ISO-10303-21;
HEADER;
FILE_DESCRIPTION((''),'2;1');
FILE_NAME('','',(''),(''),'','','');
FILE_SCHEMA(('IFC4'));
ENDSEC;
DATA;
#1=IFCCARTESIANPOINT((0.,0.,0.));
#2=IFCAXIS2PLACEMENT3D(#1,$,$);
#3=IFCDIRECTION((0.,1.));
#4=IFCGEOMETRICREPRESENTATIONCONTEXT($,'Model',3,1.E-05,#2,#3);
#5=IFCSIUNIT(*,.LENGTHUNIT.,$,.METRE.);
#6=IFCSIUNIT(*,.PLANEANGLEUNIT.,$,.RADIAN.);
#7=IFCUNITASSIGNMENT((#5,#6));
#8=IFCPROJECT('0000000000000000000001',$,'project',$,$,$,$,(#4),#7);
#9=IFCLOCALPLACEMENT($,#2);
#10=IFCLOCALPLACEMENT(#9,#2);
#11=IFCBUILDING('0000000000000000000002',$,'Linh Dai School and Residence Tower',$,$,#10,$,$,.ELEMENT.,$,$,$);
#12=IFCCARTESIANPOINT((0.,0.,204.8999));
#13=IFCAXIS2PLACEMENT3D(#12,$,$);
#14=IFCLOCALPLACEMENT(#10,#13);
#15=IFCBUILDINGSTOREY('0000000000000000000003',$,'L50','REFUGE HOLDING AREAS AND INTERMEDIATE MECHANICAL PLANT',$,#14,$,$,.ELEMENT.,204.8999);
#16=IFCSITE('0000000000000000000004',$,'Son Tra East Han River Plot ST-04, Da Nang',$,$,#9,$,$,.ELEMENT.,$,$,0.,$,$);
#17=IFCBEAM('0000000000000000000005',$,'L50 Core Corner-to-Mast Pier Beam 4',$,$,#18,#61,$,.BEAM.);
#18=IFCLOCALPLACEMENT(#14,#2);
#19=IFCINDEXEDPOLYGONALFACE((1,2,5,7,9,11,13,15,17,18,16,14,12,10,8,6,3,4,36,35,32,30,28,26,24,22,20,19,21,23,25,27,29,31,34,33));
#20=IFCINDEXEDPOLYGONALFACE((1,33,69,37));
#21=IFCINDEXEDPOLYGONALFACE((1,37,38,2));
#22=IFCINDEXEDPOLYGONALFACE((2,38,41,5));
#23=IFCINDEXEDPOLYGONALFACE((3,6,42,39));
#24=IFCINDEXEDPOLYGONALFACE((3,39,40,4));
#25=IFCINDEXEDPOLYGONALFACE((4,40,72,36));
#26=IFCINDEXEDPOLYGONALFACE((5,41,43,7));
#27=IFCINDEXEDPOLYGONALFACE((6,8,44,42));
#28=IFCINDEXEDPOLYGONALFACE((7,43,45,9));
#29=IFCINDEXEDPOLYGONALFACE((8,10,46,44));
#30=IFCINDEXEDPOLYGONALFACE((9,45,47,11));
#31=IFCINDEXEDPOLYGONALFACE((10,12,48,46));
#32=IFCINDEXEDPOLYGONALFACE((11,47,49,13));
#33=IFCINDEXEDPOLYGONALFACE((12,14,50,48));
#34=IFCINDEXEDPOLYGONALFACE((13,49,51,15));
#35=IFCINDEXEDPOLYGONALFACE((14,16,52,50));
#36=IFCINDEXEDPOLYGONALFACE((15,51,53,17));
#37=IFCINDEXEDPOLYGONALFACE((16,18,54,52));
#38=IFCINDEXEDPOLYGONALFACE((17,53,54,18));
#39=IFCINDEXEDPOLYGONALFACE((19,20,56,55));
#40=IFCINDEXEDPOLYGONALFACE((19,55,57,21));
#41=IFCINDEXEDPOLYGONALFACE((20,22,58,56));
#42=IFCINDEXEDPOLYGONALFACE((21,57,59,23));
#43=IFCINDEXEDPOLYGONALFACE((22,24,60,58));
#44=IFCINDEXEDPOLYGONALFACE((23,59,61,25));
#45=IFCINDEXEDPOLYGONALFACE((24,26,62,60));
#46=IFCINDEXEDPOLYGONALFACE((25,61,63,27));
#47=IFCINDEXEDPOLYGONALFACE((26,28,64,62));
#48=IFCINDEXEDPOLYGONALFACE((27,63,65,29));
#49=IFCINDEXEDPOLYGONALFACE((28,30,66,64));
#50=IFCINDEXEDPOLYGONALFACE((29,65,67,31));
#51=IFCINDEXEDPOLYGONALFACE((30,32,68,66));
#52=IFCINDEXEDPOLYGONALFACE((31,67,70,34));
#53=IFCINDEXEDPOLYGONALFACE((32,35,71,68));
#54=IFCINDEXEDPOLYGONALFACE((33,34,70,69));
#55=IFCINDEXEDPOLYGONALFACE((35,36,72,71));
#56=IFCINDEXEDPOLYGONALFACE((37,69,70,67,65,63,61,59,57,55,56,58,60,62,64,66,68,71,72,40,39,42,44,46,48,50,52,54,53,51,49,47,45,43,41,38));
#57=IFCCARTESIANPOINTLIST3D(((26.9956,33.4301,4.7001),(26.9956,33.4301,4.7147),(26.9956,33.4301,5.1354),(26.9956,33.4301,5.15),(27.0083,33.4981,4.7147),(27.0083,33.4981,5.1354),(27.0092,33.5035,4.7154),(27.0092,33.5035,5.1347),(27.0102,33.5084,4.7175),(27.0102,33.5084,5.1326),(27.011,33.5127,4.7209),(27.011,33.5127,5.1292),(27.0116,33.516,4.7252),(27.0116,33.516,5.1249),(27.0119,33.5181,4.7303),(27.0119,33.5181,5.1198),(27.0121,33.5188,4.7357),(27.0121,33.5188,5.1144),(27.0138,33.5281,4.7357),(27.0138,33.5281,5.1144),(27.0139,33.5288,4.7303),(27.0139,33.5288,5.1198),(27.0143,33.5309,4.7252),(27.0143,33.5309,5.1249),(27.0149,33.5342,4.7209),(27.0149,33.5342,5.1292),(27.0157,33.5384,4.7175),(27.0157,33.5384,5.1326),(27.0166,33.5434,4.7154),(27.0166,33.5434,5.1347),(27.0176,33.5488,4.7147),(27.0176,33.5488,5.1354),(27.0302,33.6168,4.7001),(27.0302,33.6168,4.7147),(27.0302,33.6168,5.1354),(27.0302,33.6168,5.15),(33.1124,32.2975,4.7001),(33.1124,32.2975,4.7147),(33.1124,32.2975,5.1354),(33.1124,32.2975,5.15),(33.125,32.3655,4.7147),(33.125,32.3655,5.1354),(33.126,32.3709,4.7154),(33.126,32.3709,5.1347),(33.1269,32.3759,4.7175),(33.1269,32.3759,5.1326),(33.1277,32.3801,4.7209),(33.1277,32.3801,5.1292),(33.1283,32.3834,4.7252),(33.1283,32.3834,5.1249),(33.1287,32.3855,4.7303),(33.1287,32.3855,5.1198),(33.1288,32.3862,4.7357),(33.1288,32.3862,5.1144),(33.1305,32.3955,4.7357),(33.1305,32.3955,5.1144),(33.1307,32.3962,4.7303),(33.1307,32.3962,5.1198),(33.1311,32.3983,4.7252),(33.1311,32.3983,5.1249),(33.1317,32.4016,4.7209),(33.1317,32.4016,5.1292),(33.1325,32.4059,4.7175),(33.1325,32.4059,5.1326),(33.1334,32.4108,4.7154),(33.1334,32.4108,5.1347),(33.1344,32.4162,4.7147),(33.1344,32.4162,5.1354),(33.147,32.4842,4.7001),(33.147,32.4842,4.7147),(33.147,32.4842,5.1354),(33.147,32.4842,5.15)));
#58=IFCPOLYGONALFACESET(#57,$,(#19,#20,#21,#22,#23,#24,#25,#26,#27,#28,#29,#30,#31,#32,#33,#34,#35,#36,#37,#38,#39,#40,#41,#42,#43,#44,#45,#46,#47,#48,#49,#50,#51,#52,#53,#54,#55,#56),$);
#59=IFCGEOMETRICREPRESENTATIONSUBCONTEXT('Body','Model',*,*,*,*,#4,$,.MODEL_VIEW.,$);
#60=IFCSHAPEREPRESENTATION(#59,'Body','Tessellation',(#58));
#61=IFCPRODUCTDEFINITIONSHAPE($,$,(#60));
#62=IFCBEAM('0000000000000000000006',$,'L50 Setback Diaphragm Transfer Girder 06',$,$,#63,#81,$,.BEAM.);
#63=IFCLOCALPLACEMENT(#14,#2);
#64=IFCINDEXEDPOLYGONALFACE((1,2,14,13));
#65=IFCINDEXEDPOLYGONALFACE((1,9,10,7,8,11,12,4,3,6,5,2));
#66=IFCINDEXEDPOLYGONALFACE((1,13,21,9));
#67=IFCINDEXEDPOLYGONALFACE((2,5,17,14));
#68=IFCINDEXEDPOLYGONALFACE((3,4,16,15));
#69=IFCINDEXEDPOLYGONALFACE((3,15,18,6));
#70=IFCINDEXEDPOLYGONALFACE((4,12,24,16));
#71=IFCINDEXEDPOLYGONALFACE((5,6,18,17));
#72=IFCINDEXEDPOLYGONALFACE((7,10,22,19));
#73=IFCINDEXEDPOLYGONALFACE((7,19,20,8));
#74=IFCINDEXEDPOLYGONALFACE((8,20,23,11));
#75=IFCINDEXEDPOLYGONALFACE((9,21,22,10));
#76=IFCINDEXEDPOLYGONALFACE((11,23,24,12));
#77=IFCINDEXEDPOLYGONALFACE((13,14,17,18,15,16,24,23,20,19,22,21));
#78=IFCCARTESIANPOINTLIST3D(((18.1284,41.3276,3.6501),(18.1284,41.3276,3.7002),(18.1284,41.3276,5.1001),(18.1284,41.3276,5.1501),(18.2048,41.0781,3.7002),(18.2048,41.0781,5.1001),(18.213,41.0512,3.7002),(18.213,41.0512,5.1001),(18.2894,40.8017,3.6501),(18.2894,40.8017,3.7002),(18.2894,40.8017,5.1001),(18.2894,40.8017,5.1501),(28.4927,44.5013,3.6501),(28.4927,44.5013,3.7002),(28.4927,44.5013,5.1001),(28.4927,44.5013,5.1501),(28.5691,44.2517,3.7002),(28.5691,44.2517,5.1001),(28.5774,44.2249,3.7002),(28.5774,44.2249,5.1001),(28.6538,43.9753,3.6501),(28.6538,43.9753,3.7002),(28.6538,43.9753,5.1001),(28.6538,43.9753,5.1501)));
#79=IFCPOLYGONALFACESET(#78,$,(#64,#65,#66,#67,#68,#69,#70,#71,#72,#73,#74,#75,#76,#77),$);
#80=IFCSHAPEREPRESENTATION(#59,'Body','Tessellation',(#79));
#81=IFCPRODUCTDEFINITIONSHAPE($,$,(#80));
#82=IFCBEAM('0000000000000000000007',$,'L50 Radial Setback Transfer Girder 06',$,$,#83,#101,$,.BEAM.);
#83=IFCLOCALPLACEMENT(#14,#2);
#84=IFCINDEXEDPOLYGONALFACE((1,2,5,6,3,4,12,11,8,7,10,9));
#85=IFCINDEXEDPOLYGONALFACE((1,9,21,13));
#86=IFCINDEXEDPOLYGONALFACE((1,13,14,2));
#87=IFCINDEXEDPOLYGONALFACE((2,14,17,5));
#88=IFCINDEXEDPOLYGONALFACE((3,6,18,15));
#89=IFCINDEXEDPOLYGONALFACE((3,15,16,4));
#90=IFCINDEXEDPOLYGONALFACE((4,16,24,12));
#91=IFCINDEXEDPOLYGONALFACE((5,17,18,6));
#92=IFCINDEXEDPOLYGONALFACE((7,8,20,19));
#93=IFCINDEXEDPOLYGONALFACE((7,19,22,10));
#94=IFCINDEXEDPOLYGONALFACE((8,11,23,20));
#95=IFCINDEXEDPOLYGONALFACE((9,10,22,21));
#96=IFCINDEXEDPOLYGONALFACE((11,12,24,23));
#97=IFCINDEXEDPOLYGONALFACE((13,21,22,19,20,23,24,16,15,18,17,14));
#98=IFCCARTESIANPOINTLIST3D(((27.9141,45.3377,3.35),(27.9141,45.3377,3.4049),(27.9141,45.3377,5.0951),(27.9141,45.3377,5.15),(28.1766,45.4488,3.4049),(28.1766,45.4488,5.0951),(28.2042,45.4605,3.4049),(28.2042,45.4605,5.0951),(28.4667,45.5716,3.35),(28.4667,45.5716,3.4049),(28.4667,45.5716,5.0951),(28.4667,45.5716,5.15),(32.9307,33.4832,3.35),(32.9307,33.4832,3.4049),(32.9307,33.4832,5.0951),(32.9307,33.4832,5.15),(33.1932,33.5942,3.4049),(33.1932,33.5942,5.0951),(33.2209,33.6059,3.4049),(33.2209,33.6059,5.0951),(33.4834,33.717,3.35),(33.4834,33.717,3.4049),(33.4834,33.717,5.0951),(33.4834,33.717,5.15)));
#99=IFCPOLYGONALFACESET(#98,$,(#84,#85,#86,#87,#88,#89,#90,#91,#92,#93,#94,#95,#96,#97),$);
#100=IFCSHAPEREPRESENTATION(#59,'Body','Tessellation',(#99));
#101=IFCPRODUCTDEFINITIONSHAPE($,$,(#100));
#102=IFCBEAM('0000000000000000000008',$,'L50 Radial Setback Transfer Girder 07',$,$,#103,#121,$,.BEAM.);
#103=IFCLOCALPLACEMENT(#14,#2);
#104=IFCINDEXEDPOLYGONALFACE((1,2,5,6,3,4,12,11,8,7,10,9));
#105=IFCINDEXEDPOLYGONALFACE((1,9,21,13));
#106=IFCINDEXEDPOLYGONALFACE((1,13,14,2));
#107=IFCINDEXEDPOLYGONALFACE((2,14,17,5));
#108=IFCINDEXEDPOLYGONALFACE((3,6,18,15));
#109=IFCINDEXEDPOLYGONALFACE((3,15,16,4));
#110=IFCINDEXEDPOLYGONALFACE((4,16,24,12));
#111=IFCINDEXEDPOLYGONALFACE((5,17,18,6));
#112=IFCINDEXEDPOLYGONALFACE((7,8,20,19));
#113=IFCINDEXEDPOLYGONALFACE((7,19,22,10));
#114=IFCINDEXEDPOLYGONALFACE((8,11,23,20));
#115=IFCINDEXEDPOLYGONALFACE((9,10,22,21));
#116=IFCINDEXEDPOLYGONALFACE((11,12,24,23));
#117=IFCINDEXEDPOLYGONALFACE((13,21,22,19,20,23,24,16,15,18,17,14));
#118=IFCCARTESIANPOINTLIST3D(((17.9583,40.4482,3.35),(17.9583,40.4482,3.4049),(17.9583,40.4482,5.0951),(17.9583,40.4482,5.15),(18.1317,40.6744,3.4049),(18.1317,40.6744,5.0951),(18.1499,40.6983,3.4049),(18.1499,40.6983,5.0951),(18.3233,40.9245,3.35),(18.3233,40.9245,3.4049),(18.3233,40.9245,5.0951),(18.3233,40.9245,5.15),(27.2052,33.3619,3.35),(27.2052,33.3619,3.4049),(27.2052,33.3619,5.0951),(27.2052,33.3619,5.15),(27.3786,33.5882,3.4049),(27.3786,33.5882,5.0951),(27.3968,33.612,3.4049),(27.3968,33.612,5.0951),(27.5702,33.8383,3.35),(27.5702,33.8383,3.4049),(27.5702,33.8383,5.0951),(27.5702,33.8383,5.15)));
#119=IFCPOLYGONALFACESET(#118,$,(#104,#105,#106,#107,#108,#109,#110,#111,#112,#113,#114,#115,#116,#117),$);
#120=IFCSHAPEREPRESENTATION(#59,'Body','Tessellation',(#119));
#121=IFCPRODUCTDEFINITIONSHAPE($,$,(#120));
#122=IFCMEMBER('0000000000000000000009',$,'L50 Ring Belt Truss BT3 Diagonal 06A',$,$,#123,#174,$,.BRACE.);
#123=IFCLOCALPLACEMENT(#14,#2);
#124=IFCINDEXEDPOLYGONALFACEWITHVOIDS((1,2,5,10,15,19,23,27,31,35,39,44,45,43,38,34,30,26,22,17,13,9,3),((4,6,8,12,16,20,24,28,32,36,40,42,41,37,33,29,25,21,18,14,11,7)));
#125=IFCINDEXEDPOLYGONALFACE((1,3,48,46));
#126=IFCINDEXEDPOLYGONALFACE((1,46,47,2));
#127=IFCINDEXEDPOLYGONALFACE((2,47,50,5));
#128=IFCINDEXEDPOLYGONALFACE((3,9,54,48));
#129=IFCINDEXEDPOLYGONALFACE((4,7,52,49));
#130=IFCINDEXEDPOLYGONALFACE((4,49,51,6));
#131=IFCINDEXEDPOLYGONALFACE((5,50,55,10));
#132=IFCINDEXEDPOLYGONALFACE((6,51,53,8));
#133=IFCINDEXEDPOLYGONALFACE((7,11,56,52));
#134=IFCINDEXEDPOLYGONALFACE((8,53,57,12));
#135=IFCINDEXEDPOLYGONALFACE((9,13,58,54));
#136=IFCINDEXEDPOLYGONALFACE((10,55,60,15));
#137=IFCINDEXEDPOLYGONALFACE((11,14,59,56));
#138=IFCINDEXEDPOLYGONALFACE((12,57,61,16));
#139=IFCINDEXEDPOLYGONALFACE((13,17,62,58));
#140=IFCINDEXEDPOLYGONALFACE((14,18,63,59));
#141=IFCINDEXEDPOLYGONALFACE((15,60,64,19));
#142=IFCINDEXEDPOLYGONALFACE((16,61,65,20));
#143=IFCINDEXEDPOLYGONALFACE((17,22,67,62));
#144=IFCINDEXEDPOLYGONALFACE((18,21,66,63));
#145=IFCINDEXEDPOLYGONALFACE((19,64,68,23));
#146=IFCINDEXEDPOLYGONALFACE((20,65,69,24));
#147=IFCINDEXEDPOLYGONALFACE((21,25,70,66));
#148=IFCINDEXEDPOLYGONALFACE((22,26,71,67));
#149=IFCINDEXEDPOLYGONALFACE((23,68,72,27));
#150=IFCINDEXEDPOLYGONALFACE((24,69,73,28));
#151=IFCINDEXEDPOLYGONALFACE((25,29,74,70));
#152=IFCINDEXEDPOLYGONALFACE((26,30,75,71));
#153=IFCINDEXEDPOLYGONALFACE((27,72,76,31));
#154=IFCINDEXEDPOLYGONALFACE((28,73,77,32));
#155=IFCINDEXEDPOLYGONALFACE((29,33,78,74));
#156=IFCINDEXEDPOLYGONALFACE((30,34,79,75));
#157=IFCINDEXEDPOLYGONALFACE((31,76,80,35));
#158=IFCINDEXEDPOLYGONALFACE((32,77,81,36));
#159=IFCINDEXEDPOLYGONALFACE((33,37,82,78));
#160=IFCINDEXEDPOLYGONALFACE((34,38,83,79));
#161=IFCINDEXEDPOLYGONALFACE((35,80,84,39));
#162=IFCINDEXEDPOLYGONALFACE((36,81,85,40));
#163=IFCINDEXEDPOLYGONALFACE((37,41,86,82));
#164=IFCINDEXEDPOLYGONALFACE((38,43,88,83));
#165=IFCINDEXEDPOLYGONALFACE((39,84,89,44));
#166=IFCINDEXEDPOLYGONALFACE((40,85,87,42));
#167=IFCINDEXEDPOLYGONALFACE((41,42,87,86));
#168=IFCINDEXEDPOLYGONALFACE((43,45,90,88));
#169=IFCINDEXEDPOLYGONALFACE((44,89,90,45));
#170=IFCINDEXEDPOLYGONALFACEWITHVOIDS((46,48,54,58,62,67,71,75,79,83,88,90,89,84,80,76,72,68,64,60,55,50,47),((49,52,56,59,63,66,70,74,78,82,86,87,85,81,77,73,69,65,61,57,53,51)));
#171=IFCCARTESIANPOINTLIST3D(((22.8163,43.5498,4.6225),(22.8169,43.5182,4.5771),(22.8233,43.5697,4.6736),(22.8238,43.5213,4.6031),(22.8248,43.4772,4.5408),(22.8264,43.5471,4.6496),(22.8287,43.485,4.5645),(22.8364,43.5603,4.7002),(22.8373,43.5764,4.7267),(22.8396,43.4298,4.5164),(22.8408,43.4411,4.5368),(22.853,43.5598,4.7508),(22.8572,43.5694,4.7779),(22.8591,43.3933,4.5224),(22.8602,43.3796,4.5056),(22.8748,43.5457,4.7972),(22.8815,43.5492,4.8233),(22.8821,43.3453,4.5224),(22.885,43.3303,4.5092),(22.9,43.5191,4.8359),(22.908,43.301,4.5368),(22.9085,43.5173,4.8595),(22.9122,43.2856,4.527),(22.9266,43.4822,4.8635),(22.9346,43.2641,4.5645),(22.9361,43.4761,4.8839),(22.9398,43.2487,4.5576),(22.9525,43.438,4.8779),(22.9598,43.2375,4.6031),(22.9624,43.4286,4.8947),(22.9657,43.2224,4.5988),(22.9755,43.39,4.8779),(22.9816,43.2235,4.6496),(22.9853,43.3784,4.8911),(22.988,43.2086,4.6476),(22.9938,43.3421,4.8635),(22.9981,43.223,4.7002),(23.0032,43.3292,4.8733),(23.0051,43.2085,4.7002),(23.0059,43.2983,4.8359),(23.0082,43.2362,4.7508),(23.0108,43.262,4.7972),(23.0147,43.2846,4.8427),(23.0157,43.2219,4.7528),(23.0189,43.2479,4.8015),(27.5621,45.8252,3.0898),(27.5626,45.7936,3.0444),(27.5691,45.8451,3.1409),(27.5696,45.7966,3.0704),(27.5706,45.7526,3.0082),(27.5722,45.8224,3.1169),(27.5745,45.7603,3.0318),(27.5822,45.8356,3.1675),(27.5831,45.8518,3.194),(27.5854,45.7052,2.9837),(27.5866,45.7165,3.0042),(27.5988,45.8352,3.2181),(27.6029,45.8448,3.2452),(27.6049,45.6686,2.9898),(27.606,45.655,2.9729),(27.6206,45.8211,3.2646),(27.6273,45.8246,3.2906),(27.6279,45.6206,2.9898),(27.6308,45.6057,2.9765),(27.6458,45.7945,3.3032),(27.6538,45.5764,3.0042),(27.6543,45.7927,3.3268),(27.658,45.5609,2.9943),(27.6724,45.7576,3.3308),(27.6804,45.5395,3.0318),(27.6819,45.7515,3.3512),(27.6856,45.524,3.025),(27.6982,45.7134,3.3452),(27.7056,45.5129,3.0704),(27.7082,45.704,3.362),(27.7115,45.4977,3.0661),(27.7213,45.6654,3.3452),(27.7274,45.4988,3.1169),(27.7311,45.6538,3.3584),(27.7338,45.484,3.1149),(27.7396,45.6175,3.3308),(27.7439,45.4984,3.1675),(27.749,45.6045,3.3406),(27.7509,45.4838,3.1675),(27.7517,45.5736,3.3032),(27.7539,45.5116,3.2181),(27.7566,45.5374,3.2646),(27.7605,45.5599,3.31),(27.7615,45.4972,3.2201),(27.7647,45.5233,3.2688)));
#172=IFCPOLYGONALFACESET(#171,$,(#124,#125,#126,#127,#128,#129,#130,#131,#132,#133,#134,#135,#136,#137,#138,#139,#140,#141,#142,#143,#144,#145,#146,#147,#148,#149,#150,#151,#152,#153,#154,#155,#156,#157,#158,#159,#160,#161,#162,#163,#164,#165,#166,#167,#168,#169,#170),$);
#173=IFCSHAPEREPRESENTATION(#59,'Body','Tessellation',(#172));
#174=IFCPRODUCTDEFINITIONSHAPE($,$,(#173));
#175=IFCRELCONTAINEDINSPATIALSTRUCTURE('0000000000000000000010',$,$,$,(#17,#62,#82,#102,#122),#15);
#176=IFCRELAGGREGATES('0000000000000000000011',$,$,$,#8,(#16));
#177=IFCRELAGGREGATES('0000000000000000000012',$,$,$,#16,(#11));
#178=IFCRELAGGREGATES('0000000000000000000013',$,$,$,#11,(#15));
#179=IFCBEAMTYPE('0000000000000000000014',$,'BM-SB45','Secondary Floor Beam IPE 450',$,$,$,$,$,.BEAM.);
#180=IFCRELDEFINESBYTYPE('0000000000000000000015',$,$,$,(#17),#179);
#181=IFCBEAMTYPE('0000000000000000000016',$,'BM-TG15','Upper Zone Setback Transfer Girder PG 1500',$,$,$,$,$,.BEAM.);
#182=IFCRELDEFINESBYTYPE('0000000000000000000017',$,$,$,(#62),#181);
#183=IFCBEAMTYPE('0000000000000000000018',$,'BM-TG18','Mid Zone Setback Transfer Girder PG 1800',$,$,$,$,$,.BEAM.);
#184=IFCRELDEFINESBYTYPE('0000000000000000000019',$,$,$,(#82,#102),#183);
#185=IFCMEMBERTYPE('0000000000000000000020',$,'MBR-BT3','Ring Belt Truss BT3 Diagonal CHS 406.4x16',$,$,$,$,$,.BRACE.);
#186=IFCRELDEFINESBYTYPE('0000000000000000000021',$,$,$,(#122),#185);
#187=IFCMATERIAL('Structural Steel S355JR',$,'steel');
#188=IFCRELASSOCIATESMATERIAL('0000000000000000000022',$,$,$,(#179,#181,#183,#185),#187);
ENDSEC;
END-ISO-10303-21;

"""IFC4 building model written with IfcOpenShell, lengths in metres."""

from ifc_helpers import new_model, si_unit, direction, frame, origin, origin_2d, place, context, subcontext, project, spatial, hollow_circle, i_section, extrude, material, material_profile, profile_set, type_object, element, save


model = new_model("IFC4")

# Units and contexts
model_context = context("Model", 3, precision=1e-05, world=origin(), true_north=direction((0.0, 1.0)))
body_context = subcontext(model_context, "Body", "Model", "MODEL_VIEW")
ifc_project = project(units=[si_unit("LENGTHUNIT", "METRE"), si_unit("PLANEANGLEUNIT", "RADIAN")], contexts=[model_context])

# Site, building, storey
site_placement = place(None, origin())
site = spatial("IfcSite", under=ifc_project, at=site_placement, Name="Son Tra East Han River Plot ST-04, Da Nang", CompositionType="ELEMENT", RefElevation=0.0)
building_placement = place(site_placement, origin())
building = spatial("IfcBuilding", under=site, at=building_placement, Name="Linh Dai School and Residence Tower", CompositionType="ELEMENT")
storey_placement = place(building_placement, frame((0.0, 0.0, 204.8999)))
storey = spatial("IfcBuildingStorey", under=building, at=storey_placement, Name="L50", Description="REFUGE HOLDING AREAS AND INTERMEDIATE MECHANICAL PLANT", CompositionType="ELEMENT", Elevation=204.8999)

# Shared definitions
ifc_material_1 = material(Name="Structural Steel S355JR", Category="steel")

# Beams
ifc_material_profile_1 = material_profile(ifc_material_1, i_section(OverallWidth=0.1899, OverallDepth=0.45, WebThickness=0.0095, FlangeThickness=0.0146, FilletRadius=0.021, at=origin_2d()), Name="IPE 450")
ifc_profile_set_1 = profile_set([ifc_material_profile_1], Name="Structural Steel S355JR")
beam_type_1 = type_object("IfcBeamType", Name="BM-SB45", Description="Secondary Floor Beam IPE 450", PredefinedType="BEAM", material=ifc_profile_set_1)
beam_1_placement = place(storey_placement, frame((27.0129, 33.5234, 4.925), z_axis=(0.983286, -0.182065, 0.0), x_axis=(0.182065, 0.983286, 0.0)))
element("IfcBeam", 1, at=beam_1_placement, inside=storey, type_object=beam_type_1, Name="L50 Core Corner-to-Mast Pier Beam 4", PredefinedType="BEAM", context=body_context, shape_type="SweptSolid", body=[
    extrude(i_section(OverallWidth=0.1899, OverallDepth=0.45, WebThickness=0.0095, FlangeThickness=0.0146, FilletRadius=0.021, at=origin_2d()), origin(), (0.0, 0.0, 1.0), 6.2207),
])
ifc_material_profile_2 = material_profile(ifc_material_1, i_section(OverallWidth=0.55, OverallDepth=1.5, WebThickness=0.0281, FlangeThickness=0.05, at=origin_2d()), Name="PG 1500x550x28x50")
ifc_profile_set_2 = profile_set([ifc_material_profile_2], Name="Structural Steel S355JR")
beam_type_2 = type_object("IfcBeamType", Name="BM-TG15", Description="Upper Zone Setback Transfer Girder PG 1500", PredefinedType="BEAM", material=ifc_profile_set_2)
beam_2_placement = place(storey_placement, frame((28.5732, 44.2383, 4.4001), z_axis=(-0.956178, -0.292786, 0.0), x_axis=(0.292786, -0.956178, 0.0)))
element("IfcBeam", 2, at=beam_2_placement, inside=storey, type_object=beam_type_2, Name="L50 Setback Diaphragm Transfer Girder 06", PredefinedType="BEAM", context=body_context, shape_type="SweptSolid", body=[
    extrude(i_section(OverallWidth=0.55, OverallDepth=1.5, WebThickness=0.0281, FlangeThickness=0.05, at=origin_2d()), origin(), (0.0, 0.0, 1.0), 10.8394),
])
ifc_material_profile_3 = material_profile(ifc_material_1, i_section(OverallWidth=0.6001, OverallDepth=1.8, WebThickness=0.03, FlangeThickness=0.0549, at=origin_2d()), Name="PG 1800x600x30x55")
ifc_profile_set_3 = profile_set([ifc_material_profile_3], Name="Structural Steel S355JR")
beam_type_3 = type_object("IfcBeamType", Name="BM-TG18", Description="Mid Zone Setback Transfer Girder PG 1800", PredefinedType="BEAM", material=ifc_profile_set_3)
beam_3_placement = place(storey_placement, frame((33.207, 33.6001, 4.25), z_axis=(-0.389722, 0.920933, 0.0), x_axis=(-0.920933, -0.389722, 0.0)))
element("IfcBeam", 3, at=beam_3_placement, inside=storey, type_object=beam_type_3, Name="L50 Radial Setback Transfer Girder 06", PredefinedType="BEAM", context=body_context, shape_type="SweptSolid", body=[
    extrude(i_section(OverallWidth=0.6001, OverallDepth=1.8, WebThickness=0.03, FlangeThickness=0.0549, at=origin_2d()), origin(), (0.0, 0.0, 1.0), 12.8723),
])
beam_4_placement = place(storey_placement, frame((27.3877, 33.6001, 4.25), z_axis=(-0.793733, 0.608267, 0.0), x_axis=(-0.608267, -0.793733, 0.0)))
element("IfcBeam", 4, at=beam_4_placement, inside=storey, type_object=beam_type_3, Name="L50 Radial Setback Transfer Girder 07", PredefinedType="BEAM", context=body_context, shape_type="SweptSolid", body=[
    extrude(i_section(OverallWidth=0.6001, OverallDepth=1.8, WebThickness=0.03, FlangeThickness=0.0549, at=origin_2d()), origin(), (0.0, 0.0, 1.0), 11.6499),
])

# Member
ifc_material_profile_4 = material_profile(ifc_material_1, hollow_circle(Radius=0.2031, WallThickness=0.0161, at=origin_2d()), Name="CHS 406.4x16")
ifc_profile_set_4 = profile_set([ifc_material_profile_4], Name="Structural Steel S355JR")
member_type_1 = type_object("IfcMemberType", Name="MBR-BT3", Description="Ring Belt Truss BT3 Diagonal CHS 406.4x16", PredefinedType="BRACE", material=ifc_profile_set_4)
member_placement = place(storey_placement, frame((27.6631, 45.667, 3.1675), z_axis=(-0.865753, -0.415084, 0.279603), x_axis=(0.432327, -0.901717, 0.0)))
element("IfcMember", 5, at=member_placement, inside=storey, type_object=member_type_1, Name="L50 Ring Belt Truss BT3 Diagonal 06A", PredefinedType="BRACE", context=body_context, shape_type="SweptSolid", body=[
    extrude(hollow_circle(Radius=0.2031, WallThickness=0.0161, at=origin_2d()), origin(), (0.0, 0.0, 1.0), 5.4817),
])

save(model, "model.ifc")
